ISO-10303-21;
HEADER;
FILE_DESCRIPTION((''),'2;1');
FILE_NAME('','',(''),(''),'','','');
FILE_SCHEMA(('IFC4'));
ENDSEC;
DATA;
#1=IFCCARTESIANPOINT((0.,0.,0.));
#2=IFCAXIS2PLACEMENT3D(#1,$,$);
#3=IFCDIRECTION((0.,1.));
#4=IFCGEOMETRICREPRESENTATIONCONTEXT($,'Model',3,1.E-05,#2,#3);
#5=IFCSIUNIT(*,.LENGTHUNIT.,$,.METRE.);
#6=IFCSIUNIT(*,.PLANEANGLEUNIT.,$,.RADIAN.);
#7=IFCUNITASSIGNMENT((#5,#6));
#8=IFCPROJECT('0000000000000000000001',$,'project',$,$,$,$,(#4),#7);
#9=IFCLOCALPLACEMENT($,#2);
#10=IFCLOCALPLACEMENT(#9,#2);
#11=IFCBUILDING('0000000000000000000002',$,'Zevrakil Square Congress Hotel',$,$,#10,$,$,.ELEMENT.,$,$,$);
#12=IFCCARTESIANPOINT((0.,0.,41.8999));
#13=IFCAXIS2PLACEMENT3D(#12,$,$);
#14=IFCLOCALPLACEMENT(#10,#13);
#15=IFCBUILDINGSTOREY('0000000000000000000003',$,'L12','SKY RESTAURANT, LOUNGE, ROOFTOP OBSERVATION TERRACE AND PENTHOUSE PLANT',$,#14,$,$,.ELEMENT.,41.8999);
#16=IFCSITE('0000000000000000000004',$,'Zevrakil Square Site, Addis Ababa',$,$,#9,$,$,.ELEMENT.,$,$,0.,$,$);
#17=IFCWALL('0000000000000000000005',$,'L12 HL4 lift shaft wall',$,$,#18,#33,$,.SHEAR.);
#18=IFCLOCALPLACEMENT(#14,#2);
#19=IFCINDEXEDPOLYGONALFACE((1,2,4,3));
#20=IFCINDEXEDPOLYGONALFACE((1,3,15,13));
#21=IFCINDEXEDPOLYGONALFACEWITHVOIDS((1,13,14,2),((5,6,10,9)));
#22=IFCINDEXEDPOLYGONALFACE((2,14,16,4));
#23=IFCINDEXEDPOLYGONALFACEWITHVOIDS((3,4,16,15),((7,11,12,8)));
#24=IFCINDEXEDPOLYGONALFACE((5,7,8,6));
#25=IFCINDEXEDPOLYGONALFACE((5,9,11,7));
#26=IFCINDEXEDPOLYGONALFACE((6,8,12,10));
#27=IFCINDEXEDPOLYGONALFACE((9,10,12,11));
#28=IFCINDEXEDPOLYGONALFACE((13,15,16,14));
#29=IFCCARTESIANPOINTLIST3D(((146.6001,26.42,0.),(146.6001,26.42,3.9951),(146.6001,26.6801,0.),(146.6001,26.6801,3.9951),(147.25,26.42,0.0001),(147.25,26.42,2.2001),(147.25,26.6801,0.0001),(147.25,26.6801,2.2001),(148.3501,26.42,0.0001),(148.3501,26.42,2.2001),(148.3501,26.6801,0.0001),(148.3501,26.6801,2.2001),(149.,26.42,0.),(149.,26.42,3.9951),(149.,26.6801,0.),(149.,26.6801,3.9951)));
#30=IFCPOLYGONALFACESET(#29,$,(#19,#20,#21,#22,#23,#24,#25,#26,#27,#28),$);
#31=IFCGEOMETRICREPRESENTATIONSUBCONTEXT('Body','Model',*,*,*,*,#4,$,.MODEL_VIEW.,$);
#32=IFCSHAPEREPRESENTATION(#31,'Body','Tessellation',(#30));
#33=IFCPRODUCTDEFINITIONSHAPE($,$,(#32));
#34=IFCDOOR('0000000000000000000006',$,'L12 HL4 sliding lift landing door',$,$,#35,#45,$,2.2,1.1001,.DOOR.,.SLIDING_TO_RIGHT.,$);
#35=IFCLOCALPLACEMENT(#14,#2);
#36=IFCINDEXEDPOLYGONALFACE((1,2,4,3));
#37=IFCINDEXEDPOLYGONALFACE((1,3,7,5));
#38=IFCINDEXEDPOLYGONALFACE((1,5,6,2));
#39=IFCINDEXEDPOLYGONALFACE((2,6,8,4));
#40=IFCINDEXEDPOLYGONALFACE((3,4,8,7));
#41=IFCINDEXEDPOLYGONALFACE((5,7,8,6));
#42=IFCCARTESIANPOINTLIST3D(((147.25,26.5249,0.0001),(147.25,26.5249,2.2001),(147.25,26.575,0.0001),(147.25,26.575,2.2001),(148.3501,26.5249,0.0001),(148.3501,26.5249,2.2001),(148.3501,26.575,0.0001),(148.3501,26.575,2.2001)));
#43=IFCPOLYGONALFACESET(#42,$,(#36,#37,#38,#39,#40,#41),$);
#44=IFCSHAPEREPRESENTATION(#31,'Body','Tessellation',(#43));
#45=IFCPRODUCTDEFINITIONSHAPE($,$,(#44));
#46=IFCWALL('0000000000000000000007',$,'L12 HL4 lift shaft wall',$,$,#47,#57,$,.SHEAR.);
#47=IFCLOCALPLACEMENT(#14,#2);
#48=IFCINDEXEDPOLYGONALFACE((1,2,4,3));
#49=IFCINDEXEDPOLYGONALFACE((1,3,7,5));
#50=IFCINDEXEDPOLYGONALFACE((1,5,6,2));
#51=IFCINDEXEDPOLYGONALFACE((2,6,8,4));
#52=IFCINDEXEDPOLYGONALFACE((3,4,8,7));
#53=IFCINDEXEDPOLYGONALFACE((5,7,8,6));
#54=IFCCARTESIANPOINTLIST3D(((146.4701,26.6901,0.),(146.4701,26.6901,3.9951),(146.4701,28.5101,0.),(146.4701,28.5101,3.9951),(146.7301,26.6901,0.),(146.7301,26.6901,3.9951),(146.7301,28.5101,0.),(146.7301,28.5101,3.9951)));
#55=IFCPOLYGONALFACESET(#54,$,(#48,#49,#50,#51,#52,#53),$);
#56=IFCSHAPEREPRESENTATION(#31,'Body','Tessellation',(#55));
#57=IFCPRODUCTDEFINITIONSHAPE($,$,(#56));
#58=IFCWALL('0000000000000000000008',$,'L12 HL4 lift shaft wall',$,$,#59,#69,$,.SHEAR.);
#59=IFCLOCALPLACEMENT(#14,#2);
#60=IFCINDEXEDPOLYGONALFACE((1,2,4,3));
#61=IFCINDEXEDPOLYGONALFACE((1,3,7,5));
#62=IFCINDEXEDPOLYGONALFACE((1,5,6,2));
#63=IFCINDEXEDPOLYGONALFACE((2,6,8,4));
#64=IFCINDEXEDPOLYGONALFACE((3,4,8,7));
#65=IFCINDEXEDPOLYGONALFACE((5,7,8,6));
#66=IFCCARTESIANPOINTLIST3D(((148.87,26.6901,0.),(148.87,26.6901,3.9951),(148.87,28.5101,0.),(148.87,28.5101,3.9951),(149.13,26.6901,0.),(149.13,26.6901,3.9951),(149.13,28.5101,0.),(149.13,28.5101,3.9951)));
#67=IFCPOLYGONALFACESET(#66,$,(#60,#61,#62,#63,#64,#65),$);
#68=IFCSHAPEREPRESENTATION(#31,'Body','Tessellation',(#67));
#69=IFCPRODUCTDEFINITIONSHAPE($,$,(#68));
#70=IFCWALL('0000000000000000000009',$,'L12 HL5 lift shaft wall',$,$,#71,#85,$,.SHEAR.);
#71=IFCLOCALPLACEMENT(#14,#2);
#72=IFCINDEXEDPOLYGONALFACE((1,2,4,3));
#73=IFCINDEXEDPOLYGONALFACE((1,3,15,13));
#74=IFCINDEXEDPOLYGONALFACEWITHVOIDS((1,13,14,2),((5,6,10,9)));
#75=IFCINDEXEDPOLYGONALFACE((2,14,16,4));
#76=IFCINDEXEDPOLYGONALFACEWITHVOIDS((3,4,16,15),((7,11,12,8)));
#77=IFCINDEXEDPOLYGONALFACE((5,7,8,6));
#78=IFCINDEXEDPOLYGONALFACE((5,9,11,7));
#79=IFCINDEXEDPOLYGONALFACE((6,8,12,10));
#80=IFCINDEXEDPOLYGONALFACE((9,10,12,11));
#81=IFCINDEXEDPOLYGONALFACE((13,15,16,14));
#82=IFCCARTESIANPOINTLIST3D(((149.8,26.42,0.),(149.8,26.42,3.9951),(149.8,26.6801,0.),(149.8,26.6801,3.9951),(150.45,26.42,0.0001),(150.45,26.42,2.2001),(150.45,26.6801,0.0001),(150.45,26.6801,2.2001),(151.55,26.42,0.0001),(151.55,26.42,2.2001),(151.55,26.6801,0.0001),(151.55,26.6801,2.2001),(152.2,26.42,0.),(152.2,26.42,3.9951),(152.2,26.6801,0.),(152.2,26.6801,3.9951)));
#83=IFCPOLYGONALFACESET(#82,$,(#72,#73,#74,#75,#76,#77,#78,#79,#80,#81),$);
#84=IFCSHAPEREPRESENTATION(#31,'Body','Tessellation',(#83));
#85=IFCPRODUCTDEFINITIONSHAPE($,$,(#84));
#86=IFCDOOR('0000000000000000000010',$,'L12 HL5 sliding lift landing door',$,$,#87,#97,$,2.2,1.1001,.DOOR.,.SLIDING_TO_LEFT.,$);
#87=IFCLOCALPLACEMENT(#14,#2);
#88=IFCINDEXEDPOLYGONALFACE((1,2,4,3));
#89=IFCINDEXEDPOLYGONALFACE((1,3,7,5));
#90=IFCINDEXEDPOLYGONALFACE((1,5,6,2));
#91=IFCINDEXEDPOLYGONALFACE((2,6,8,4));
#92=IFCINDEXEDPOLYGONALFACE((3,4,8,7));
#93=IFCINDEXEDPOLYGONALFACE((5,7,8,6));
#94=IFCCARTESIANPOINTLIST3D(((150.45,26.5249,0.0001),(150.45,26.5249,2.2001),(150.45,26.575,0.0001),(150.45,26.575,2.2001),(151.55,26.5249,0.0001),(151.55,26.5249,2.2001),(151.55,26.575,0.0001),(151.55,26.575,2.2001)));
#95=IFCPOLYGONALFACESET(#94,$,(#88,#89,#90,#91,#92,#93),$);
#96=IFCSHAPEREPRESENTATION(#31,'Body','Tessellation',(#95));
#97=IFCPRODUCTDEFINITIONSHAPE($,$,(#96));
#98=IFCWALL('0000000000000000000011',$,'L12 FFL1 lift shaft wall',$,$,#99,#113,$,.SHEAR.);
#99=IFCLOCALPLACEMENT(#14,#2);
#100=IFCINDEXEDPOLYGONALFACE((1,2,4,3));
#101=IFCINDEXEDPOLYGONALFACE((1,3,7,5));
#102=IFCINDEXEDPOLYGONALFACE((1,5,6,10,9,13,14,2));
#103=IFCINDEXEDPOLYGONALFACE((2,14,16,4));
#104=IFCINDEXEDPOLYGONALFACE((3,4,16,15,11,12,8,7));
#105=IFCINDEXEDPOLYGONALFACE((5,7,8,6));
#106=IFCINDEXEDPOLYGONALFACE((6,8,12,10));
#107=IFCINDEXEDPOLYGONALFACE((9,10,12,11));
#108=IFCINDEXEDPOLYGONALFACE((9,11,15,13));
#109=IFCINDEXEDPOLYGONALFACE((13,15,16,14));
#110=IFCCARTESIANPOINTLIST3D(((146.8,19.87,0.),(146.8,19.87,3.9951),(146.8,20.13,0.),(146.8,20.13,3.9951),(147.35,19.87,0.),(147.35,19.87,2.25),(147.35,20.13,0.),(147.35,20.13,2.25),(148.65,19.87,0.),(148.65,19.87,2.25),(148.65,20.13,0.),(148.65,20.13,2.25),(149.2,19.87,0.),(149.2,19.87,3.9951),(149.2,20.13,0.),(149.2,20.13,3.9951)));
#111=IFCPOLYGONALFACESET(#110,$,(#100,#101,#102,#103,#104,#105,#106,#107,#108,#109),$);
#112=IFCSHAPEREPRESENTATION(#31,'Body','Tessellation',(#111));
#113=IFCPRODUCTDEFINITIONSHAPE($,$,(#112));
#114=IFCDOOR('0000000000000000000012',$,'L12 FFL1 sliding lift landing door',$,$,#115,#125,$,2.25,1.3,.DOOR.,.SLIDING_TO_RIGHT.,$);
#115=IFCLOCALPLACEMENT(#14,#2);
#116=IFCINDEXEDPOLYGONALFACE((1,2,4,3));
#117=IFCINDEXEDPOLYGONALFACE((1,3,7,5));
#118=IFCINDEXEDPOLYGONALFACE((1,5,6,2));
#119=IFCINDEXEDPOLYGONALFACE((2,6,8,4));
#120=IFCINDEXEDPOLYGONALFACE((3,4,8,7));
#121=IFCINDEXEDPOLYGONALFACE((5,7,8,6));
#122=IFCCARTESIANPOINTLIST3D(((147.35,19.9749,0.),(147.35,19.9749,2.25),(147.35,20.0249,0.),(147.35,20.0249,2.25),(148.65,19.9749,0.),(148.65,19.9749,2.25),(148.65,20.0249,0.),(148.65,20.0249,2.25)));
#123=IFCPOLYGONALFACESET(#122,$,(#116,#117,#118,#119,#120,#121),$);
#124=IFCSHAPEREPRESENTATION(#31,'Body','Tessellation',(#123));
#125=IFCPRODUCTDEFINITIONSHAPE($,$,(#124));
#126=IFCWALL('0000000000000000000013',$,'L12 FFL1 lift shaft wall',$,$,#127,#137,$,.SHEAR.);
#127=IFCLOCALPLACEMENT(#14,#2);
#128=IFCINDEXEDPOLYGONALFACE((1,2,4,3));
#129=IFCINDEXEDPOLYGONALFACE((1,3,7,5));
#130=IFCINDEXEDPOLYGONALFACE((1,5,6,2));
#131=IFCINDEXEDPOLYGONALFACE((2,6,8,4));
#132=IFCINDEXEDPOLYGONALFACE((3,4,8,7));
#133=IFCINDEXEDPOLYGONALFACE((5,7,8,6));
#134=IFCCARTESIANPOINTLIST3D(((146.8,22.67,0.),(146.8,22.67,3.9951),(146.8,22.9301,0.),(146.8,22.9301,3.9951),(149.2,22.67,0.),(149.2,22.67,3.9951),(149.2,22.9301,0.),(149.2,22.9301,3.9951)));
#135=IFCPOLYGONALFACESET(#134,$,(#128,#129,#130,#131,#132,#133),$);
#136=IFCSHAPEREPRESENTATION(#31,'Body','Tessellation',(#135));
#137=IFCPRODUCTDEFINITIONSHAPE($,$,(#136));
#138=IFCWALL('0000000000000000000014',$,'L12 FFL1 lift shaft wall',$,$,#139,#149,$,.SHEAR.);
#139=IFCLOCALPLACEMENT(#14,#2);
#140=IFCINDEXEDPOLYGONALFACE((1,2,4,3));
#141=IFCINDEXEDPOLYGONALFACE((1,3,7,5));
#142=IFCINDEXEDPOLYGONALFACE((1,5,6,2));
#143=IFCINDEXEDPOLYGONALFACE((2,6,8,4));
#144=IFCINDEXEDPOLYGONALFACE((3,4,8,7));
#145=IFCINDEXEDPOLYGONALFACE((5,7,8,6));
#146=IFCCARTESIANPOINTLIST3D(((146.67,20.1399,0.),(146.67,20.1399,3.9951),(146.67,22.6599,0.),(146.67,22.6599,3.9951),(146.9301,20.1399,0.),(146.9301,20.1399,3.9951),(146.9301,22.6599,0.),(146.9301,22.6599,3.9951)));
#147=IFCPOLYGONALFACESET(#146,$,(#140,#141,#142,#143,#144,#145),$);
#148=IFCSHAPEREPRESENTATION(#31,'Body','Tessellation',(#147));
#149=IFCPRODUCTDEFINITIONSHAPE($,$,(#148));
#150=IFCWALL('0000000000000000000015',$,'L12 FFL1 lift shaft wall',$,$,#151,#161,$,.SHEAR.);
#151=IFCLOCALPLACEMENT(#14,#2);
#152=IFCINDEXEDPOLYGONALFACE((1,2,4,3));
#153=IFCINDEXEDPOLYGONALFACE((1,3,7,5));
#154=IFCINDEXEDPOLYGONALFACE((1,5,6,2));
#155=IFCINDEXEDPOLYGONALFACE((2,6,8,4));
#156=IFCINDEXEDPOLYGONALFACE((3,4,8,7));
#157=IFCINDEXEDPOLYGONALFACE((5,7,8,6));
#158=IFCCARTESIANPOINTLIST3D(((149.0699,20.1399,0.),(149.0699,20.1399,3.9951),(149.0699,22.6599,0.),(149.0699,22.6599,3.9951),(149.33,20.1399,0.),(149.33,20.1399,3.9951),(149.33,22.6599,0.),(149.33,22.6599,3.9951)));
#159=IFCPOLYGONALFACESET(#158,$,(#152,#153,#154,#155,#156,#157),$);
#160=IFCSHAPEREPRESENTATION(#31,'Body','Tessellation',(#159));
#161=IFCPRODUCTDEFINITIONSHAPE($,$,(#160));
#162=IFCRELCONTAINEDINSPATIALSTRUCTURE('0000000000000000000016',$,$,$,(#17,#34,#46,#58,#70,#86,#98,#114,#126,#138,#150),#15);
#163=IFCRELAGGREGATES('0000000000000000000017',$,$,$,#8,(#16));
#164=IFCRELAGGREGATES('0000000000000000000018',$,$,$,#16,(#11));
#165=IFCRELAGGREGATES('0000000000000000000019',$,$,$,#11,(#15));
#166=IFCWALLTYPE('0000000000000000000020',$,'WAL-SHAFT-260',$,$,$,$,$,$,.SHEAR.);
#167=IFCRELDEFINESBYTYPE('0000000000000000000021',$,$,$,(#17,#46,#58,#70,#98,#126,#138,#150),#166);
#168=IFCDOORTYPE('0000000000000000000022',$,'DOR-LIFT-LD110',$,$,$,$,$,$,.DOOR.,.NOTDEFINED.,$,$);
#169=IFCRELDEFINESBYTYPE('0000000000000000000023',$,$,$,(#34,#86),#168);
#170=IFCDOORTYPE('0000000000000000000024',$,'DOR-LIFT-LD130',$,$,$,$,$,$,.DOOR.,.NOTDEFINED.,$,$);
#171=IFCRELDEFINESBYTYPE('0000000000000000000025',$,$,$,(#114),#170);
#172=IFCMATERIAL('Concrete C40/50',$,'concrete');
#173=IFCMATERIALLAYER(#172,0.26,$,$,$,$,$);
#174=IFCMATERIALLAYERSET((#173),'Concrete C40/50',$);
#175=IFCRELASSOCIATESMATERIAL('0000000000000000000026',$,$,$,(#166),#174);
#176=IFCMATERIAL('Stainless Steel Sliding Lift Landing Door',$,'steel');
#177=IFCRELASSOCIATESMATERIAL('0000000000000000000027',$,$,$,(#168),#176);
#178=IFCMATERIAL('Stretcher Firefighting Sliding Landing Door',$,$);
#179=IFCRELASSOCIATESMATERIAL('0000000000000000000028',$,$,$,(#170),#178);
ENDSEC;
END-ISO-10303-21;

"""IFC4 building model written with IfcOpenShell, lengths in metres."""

from ifc_helpers import new_model, si_unit, direction, frame, frame_2d, origin, place, context, subcontext, project, spatial, rectangle, extrude, material, layer, layer_set, type_object, element, fill, save


model = new_model("IFC4")

# Units and contexts
model_context = context("Model", 3, precision=1e-05, world=origin(), true_north=direction((0.0, 1.0)))
body_context = subcontext(model_context, "Body", "Model", "MODEL_VIEW")
ifc_project = project(units=[si_unit("LENGTHUNIT", "METRE"), si_unit("PLANEANGLEUNIT", "RADIAN")], contexts=[model_context])

# Site, building, storey
site_placement = place(None, origin())
site = spatial("IfcSite", under=ifc_project, at=site_placement, Name="Zevrakil Square Site, Addis Ababa", CompositionType="ELEMENT", RefElevation=0.0)
building_placement = place(site_placement, origin())
building = spatial("IfcBuilding", under=site, at=building_placement, Name="Zevrakil Square Congress Hotel", CompositionType="ELEMENT")
storey_placement = place(building_placement, frame((0.0, 0.0, 41.8999)))
storey = spatial("IfcBuildingStorey", under=building, at=storey_placement, Name="L12", Description="SKY RESTAURANT, LOUNGE, ROOFTOP OBSERVATION TERRACE AND PENTHOUSE PLANT", CompositionType="ELEMENT", Elevation=41.8999)

# Shared definitions
ifc_material_1 = material(Name="Concrete C40/50", Category="concrete")
ifc_layer_1 = layer(ifc_material_1, 0.26)
ifc_layer_set_1 = layer_set([ifc_layer_1], Name="Concrete C40/50")
wall_type_1 = type_object("IfcWallType", Name="WAL-SHAFT-260", PredefinedType="SHEAR", material=ifc_layer_set_1)

# Wall, opening, door
wall_1_placement = place(storey_placement, frame((146.6001, 26.55, 0.0), z_axis=(0.0, 0.0, 1.0), x_axis=(1.0, 0.0, 0.0)))
wall_1 = element("IfcWall", 1, at=wall_1_placement, inside=storey, type_object=wall_type_1, Name="L12 HL4 lift shaft wall", PredefinedType="SHEAR", context=body_context, shape_type="SweptSolid", body=[
    extrude(rectangle(XDim=2.3999, YDim=0.26, at=frame_2d((1.2, 0.0))), origin(), (0.0, 0.0, 1.0), 3.9951),
])
opening_1_placement = place(wall_1_placement, frame((0.6499, 0.0, 0.0)))
opening_1 = element("IfcOpeningElement", 2, at=opening_1_placement, cuts=wall_1, PredefinedType="OPENING", context=body_context, shape_type="SweptSolid", body=[
    extrude(rectangle(XDim=1.1001, YDim=2.2, at=frame_2d((0.55, 1.1001))), frame((0.0, 0.1401, 0.0), z_axis=(0.0, -1.0, 0.0), x_axis=(1.0, 0.0, 0.0)), (0.0, 0.0, 1.0), 0.28),
])
ifc_material_2 = material(Name="Stainless Steel Sliding Lift Landing Door", Category="steel")
door_type_1 = type_object("IfcDoorType", Name="DOR-LIFT-LD110", OperationType="NOTDEFINED", PredefinedType="DOOR", material=ifc_material_2)
door_1_placement = place(opening_1_placement, origin())
door_1 = element("IfcDoor", 3, at=door_1_placement, inside=storey, type_object=door_type_1, Name="L12 HL4 sliding lift landing door", OperationType="SLIDING_TO_RIGHT", OverallHeight=2.2, OverallWidth=1.1001, PredefinedType="DOOR", context=body_context, shape_type="SweptSolid", body=[
    extrude(rectangle(XDim=1.1001, YDim=2.2, at=frame_2d((0.55, 1.1001))), frame((0.0, 0.0249, 0.0), z_axis=(0.0, -1.0, 0.0), x_axis=(1.0, 0.0, 0.0)), (0.0, 0.0, 1.0), 0.05),
])
fill(opening_1, door_1)

# Walls
for number, where, z_axis, x_axis, name in (
    (4, (146.6001, 26.6899, 0.0), (0.0, 0.0, 1.0), (0.0, 1.0, 0.0), "L12 HL4 lift shaft wall"),
    (5, (149.0, 26.6899, 0.0), (0.0, 0.0, 1.0), (0.0, 1.0, 0.0), "L12 HL4 lift shaft wall"),
):
    element("IfcWall", number, at=place(storey_placement, frame(where, z_axis=z_axis, x_axis=x_axis)), inside=storey, type_object=wall_type_1, Name=name, PredefinedType="SHEAR", context=body_context, shape_type="SweptSolid", body=[
        extrude(rectangle(XDim=1.8201, YDim=0.26, at=frame_2d((0.9102, 0.0))), origin(), (0.0, 0.0, 1.0), 3.9951),
    ])

# Walls, openings, doors
wall_2_placement = place(storey_placement, frame((149.8, 26.55, 0.0), z_axis=(0.0, 0.0, 1.0), x_axis=(1.0, 0.0, 0.0)))
wall_2 = element("IfcWall", 6, at=wall_2_placement, inside=storey, type_object=wall_type_1, Name="L12 HL5 lift shaft wall", PredefinedType="SHEAR", context=body_context, shape_type="SweptSolid", body=[
    extrude(rectangle(XDim=2.3999, YDim=0.26, at=frame_2d((1.2, 0.0))), origin(), (0.0, 0.0, 1.0), 3.9951),
])
opening_2_placement = place(wall_2_placement, frame((0.6499, 0.0, 0.0)))
opening_2 = element("IfcOpeningElement", 7, at=opening_2_placement, cuts=wall_2, PredefinedType="OPENING", context=body_context, shape_type="SweptSolid", body=[
    extrude(rectangle(XDim=1.1001, YDim=2.2, at=frame_2d((0.55, 1.1001))), frame((0.0, 0.1401, 0.0), z_axis=(0.0, -1.0, 0.0), x_axis=(1.0, 0.0, 0.0)), (0.0, 0.0, 1.0), 0.28),
])
door_2_placement = place(opening_2_placement, origin())
door_2 = element("IfcDoor", 8, at=door_2_placement, inside=storey, type_object=door_type_1, Name="L12 HL5 sliding lift landing door", OperationType="SLIDING_TO_LEFT", OverallHeight=2.2, OverallWidth=1.1001, PredefinedType="DOOR", context=body_context, shape_type="SweptSolid", body=[
    extrude(rectangle(XDim=1.1001, YDim=2.2, at=frame_2d((0.55, 1.1001))), frame((0.0, 0.0249, 0.0), z_axis=(0.0, -1.0, 0.0), x_axis=(1.0, 0.0, 0.0)), (0.0, 0.0, 1.0), 0.05),
])
fill(opening_2, door_2)
wall_3_placement = place(storey_placement, frame((146.8, 20.0, 0.0), z_axis=(0.0, 0.0, 1.0), x_axis=(1.0, 0.0, 0.0)))
wall_3 = element("IfcWall", 9, at=wall_3_placement, inside=storey, type_object=wall_type_1, Name="L12 FFL1 lift shaft wall", PredefinedType="SHEAR", context=body_context, shape_type="SweptSolid", body=[
    extrude(rectangle(XDim=2.3999, YDim=0.26, at=frame_2d((1.2, 0.0))), origin(), (0.0, 0.0, 1.0), 3.9951),
])
opening_3_placement = place(wall_3_placement, frame((0.55, 0.0, 0.0)))
opening_3 = element("IfcOpeningElement", 10, at=opening_3_placement, cuts=wall_3, PredefinedType="OPENING", context=body_context, shape_type="SweptSolid", body=[
    extrude(rectangle(XDim=1.3, YDim=2.25, at=frame_2d((0.6499, 1.125))), frame((0.0, 0.1401, 0.0), z_axis=(0.0, -1.0, 0.0), x_axis=(1.0, 0.0, 0.0)), (0.0, 0.0, 1.0), 0.28),
])
ifc_material_3 = material(Name="Stretcher Firefighting Sliding Landing Door")
door_type_2 = type_object("IfcDoorType", Name="DOR-LIFT-LD130", OperationType="NOTDEFINED", PredefinedType="DOOR", material=ifc_material_3)
door_3_placement = place(opening_3_placement, origin())
door_3 = element("IfcDoor", 11, at=door_3_placement, inside=storey, type_object=door_type_2, Name="L12 FFL1 sliding lift landing door", OperationType="SLIDING_TO_RIGHT", OverallHeight=2.25, OverallWidth=1.3, PredefinedType="DOOR", context=body_context, shape_type="SweptSolid", body=[
    extrude(rectangle(XDim=1.3, YDim=2.25, at=frame_2d((0.6499, 1.125))), frame((0.0, 0.0249, 0.0), z_axis=(0.0, -1.0, 0.0), x_axis=(1.0, 0.0, 0.0)), (0.0, 0.0, 1.0), 0.05),
])
fill(opening_3, door_3)

# Walls
wall_4_placement = place(storey_placement, frame((146.8, 22.8, 0.0), z_axis=(0.0, 0.0, 1.0), x_axis=(1.0, 0.0, 0.0)))
element("IfcWall", 12, at=wall_4_placement, inside=storey, type_object=wall_type_1, Name="L12 FFL1 lift shaft wall", PredefinedType="SHEAR", context=body_context, shape_type="SweptSolid", body=[
    extrude(rectangle(XDim=2.3999, YDim=0.26, at=frame_2d((1.2, 0.0))), origin(), (0.0, 0.0, 1.0), 3.9951),
])
for number, where, z_axis, x_axis, name in (
    (13, (146.8, 20.1399, 0.0), (0.0, 0.0, 1.0), (0.0, 1.0, 0.0), "L12 FFL1 lift shaft wall"),
    (14, (149.2, 20.1399, 0.0), (0.0, 0.0, 1.0), (0.0, 1.0, 0.0), "L12 FFL1 lift shaft wall"),
):
    element("IfcWall", number, at=place(storey_placement, frame(where, z_axis=z_axis, x_axis=x_axis)), inside=storey, type_object=wall_type_1, Name=name, PredefinedType="SHEAR", context=body_context, shape_type="SweptSolid", body=[
        extrude(rectangle(XDim=2.52, YDim=0.26, at=frame_2d((1.26, 0.0))), origin(), (0.0, 0.0, 1.0), 3.9951),
    ])

save(model, "model.ifc")
